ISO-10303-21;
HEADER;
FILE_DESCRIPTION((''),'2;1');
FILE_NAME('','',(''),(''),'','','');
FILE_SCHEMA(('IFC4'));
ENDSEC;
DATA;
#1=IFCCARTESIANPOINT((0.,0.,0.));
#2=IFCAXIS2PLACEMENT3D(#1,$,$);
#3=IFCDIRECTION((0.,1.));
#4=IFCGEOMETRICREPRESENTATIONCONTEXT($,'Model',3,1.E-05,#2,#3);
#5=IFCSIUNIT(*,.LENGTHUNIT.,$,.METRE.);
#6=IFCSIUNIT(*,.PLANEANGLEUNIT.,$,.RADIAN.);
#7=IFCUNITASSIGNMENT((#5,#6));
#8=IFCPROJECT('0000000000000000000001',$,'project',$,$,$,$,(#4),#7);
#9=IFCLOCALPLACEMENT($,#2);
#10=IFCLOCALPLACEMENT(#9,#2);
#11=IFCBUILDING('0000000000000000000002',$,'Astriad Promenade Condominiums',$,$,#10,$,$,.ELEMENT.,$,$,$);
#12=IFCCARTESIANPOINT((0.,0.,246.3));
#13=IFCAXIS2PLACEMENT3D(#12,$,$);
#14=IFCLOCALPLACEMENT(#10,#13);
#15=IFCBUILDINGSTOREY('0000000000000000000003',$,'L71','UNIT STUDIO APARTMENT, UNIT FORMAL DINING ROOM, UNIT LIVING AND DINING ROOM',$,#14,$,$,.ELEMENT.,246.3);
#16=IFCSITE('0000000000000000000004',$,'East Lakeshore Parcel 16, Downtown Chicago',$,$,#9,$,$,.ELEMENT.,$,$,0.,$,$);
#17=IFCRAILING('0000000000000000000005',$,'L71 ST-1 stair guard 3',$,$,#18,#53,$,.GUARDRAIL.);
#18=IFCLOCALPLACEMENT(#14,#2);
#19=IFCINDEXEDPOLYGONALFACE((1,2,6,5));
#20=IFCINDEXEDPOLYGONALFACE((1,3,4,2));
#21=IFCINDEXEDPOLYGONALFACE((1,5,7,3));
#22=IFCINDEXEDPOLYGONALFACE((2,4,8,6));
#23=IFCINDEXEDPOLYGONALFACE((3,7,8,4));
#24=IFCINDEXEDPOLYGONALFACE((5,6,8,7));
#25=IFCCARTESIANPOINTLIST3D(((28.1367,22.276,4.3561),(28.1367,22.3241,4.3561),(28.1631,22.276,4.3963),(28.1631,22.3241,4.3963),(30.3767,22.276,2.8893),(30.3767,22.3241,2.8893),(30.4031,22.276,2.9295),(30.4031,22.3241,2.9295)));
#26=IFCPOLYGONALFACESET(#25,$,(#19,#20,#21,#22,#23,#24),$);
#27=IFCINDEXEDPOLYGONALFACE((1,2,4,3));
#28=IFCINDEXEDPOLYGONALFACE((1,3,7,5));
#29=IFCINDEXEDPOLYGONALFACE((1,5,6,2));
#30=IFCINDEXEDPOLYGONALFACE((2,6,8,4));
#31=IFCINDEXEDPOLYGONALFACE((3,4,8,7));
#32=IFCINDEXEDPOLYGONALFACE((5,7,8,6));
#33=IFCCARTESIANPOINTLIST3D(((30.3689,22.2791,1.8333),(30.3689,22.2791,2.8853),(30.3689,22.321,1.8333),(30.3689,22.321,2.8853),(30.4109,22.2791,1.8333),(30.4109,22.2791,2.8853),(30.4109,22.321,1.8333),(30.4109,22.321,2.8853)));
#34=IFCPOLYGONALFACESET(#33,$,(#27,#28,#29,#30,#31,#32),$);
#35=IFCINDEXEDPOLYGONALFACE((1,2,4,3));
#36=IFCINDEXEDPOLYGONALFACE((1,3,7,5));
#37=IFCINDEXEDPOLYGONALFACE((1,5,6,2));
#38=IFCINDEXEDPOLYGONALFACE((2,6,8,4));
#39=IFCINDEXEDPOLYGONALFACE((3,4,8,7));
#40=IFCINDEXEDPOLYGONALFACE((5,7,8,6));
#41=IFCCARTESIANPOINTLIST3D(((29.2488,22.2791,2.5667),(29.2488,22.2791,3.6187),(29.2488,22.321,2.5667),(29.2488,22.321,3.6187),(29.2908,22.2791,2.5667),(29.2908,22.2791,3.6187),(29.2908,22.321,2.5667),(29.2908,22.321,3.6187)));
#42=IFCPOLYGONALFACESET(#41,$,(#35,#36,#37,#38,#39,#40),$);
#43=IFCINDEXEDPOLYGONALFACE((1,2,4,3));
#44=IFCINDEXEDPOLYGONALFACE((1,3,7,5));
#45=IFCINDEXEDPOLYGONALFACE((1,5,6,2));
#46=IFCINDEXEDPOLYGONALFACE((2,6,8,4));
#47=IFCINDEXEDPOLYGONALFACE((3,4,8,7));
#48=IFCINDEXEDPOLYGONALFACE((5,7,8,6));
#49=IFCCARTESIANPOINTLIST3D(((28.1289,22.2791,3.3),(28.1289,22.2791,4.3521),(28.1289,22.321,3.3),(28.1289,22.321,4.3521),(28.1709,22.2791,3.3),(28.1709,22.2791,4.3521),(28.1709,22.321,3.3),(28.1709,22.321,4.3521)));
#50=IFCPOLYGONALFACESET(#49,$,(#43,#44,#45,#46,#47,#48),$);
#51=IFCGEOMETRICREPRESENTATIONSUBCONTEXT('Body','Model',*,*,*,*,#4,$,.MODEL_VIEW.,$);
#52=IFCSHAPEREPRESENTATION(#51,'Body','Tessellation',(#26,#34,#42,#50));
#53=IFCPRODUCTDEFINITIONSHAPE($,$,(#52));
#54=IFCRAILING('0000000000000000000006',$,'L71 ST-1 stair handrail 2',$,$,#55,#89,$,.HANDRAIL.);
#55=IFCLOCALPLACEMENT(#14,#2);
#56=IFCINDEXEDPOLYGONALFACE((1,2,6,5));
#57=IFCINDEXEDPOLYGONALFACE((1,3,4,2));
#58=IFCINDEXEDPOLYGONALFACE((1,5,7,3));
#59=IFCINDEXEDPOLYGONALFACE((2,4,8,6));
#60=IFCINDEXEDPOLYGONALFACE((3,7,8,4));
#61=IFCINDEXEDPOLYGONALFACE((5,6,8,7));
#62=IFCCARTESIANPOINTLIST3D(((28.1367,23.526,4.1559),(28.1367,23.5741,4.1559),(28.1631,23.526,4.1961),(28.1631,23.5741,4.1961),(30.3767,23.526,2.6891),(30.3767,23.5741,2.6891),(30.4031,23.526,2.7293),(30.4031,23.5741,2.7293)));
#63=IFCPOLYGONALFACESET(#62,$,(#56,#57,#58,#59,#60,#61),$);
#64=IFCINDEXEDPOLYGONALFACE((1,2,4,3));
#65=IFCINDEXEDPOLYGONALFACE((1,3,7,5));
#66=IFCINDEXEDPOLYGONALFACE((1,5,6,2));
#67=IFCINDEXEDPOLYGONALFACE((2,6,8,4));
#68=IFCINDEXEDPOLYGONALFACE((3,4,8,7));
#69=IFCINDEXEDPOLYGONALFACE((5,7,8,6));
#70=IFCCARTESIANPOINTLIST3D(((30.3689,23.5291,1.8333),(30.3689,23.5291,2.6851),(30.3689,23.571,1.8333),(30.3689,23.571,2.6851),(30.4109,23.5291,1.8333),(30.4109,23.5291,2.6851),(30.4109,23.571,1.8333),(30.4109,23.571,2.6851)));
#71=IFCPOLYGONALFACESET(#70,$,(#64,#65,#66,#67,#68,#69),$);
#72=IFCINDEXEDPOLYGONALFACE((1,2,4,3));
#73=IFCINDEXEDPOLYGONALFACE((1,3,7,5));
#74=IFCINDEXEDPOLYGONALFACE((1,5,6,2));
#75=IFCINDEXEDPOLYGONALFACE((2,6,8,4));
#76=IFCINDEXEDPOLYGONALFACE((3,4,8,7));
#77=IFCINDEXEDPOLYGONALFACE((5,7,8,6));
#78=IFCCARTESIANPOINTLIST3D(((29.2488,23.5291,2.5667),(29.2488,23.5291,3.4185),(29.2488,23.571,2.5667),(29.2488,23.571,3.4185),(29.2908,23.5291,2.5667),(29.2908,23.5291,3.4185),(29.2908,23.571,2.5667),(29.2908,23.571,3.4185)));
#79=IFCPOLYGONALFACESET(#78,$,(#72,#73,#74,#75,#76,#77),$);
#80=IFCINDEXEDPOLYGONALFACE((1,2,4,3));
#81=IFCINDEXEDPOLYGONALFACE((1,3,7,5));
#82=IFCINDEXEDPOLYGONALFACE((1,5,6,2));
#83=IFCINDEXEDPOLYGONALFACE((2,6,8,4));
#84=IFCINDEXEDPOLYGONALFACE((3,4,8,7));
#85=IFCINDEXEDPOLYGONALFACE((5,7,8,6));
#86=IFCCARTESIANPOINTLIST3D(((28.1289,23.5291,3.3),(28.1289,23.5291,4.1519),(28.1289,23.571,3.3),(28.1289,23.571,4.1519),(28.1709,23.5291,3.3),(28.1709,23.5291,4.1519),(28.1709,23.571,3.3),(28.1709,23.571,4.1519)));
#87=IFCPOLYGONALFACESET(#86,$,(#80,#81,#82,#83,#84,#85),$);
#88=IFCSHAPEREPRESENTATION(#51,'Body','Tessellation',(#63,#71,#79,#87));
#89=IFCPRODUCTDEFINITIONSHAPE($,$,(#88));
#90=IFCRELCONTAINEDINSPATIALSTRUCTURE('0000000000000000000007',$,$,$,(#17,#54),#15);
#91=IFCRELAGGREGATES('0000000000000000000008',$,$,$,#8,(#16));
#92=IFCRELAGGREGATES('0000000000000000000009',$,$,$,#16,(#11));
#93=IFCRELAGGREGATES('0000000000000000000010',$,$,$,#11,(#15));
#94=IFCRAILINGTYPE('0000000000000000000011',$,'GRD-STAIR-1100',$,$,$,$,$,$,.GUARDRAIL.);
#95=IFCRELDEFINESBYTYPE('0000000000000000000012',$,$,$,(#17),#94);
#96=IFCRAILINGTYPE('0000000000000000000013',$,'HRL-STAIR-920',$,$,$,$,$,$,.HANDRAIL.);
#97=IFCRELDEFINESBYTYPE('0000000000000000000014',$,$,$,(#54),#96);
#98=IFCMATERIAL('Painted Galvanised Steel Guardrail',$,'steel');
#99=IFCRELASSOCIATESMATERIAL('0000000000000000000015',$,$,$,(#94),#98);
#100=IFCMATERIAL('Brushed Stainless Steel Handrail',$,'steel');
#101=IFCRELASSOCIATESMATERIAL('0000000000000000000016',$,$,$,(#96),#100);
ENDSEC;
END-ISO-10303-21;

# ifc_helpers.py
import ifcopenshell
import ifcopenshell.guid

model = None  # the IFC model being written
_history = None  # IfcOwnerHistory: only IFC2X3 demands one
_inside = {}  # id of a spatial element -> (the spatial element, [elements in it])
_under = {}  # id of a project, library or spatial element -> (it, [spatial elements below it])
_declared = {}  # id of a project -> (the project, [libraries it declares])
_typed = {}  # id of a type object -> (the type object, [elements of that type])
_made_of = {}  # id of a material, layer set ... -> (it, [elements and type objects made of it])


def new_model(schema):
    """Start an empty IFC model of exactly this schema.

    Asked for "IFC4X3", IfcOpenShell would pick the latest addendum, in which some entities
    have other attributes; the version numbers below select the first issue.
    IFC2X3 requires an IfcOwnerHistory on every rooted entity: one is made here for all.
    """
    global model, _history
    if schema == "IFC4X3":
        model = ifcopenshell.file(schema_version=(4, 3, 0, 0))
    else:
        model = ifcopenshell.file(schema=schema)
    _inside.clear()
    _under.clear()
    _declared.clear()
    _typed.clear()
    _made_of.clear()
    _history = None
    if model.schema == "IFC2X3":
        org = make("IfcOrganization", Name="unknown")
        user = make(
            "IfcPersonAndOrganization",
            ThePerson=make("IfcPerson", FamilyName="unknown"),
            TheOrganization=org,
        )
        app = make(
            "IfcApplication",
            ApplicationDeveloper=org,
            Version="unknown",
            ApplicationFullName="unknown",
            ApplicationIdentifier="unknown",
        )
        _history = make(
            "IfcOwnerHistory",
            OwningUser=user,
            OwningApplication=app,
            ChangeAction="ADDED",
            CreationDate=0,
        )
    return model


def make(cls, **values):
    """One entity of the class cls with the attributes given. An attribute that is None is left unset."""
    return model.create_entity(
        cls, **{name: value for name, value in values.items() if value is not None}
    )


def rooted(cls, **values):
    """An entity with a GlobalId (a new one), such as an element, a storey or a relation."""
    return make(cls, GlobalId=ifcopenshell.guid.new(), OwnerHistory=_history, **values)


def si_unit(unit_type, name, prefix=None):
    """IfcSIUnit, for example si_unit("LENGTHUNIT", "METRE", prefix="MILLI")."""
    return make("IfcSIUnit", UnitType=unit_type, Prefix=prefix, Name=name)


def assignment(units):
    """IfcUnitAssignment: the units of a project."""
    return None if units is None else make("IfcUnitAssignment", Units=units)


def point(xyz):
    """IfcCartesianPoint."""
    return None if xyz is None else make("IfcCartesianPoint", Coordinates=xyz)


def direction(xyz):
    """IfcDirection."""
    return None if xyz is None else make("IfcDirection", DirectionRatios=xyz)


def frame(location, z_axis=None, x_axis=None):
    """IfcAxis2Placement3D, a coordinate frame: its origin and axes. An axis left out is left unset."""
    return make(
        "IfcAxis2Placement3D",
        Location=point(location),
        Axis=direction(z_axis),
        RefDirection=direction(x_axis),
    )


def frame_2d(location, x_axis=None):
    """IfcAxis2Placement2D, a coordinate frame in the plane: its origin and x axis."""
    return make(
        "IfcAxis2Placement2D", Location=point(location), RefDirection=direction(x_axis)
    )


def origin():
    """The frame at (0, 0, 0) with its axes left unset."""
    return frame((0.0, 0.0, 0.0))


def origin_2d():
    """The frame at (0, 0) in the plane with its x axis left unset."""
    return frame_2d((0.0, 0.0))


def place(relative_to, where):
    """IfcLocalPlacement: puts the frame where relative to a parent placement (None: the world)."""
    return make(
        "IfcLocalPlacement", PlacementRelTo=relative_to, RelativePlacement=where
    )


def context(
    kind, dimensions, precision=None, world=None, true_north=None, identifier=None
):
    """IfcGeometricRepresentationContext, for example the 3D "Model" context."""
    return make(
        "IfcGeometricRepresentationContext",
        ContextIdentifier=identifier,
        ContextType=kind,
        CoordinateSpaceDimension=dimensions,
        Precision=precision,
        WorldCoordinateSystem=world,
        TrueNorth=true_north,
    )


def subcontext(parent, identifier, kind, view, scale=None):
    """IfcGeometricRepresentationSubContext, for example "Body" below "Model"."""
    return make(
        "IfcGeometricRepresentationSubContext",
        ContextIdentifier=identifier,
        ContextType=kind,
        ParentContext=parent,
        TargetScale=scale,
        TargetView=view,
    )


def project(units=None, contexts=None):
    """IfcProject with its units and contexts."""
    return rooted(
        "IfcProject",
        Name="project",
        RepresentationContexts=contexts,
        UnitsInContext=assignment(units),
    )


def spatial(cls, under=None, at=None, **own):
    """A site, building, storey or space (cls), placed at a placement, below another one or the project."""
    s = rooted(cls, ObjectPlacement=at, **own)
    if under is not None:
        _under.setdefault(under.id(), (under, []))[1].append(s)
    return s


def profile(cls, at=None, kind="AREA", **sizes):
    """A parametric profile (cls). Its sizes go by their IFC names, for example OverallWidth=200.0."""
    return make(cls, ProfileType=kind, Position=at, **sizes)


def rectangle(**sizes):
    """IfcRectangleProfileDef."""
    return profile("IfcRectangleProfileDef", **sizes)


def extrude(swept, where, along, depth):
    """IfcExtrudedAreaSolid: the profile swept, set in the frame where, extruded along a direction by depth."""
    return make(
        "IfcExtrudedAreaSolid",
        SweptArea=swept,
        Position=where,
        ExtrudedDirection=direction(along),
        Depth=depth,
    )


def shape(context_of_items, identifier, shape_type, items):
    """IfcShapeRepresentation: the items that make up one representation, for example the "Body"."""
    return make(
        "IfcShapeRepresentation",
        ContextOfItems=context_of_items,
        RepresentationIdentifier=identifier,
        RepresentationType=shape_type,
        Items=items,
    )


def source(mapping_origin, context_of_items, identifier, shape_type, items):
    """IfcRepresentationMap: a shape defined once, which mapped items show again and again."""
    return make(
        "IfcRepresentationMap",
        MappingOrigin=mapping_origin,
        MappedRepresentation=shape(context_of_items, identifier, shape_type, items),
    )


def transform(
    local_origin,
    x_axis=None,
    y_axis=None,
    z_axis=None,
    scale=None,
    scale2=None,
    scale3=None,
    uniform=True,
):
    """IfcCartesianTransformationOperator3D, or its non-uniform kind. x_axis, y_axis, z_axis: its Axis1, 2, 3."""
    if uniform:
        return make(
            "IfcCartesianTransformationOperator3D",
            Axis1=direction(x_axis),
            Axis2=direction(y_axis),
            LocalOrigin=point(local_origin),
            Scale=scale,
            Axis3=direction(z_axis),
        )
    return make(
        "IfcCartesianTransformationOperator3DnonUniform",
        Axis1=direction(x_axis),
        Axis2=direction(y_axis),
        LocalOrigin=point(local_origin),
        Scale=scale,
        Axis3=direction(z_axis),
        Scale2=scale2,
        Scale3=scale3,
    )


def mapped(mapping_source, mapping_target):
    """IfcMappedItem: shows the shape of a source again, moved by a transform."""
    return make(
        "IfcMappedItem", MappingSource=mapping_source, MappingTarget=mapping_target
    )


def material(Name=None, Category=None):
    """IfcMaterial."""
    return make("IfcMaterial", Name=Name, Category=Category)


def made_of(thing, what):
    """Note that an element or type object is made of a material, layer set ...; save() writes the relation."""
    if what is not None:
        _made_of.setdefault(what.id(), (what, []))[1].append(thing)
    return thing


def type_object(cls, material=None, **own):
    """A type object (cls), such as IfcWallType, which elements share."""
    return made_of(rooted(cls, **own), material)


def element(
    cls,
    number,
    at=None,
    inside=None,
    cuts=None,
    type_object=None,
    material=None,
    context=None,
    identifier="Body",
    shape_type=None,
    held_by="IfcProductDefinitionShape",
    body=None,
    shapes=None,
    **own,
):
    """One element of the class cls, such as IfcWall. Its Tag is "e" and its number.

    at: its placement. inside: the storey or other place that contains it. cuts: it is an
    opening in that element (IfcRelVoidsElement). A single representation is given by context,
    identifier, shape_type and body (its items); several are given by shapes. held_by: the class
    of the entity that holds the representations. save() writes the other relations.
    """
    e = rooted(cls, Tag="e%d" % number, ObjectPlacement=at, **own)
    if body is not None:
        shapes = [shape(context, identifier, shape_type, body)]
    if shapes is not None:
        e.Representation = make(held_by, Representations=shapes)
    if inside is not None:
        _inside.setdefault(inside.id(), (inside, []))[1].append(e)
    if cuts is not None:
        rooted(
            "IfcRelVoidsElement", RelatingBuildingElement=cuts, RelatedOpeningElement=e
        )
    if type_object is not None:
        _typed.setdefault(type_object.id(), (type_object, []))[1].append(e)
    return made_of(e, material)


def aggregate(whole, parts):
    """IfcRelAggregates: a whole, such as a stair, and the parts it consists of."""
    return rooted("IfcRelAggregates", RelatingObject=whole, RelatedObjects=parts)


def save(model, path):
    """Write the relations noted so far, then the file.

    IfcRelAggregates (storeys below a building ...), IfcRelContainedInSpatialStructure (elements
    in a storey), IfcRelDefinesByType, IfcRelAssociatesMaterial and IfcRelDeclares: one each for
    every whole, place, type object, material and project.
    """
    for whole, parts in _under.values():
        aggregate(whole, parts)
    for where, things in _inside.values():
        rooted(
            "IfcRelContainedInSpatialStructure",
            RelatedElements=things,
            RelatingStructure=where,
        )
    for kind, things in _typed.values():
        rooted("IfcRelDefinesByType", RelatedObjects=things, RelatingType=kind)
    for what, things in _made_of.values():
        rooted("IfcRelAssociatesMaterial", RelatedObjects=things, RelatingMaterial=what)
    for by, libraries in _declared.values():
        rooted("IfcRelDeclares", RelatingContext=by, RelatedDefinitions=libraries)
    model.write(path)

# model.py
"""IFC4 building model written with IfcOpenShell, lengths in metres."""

from ifc_helpers import new_model, si_unit, direction, frame, origin, origin_2d, place, context, subcontext, project, spatial, rectangle, extrude, source, transform, mapped, material, type_object, element, save


model = new_model("IFC4")

# Units and contexts
model_context = context("Model", 3, precision=1e-05, world=origin(), true_north=direction((0.0, 1.0)))
body_context = subcontext(model_context, "Body", "Model", "MODEL_VIEW")
ifc_project = project(units=[si_unit("LENGTHUNIT", "METRE"), si_unit("PLANEANGLEUNIT", "RADIAN")], contexts=[model_context])

# Site, building, storey
site_placement = place(None, origin())
site = spatial("IfcSite", under=ifc_project, at=site_placement, Name="East Lakeshore Parcel 16, Downtown Chicago", CompositionType="ELEMENT", RefElevation=0.0)
building_placement = place(site_placement, origin())
building = spatial("IfcBuilding", under=site, at=building_placement, Name="Astriad Promenade Condominiums", CompositionType="ELEMENT")
storey_placement = place(building_placement, frame((0.0, 0.0, 246.3)))
storey = spatial("IfcBuildingStorey", under=building, at=storey_placement, Name="L71", Description="UNIT STUDIO APARTMENT, UNIT FORMAL DINING ROOM, UNIT LIVING AND DINING ROOM", CompositionType="ELEMENT", Elevation=246.3)

# Railings
ifc_material_1 = material(Name="Painted Galvanised Steel Guardrail", Category="steel")
railing_type_1 = type_object("IfcRailingType", Name="GRD-STAIR-1100", PredefinedType="GUARDRAIL", material=ifc_material_1)
ifc_material_2 = material(Name="Brushed Stainless Steel Handrail", Category="steel")
railing_type_2 = type_object("IfcRailingType", Name="HRL-STAIR-920", PredefinedType="HANDRAIL", material=ifc_material_2)
shared_shape_1 = source(origin(), body_context, "Body", "SweptSolid", [
    extrude(rectangle(XDim=0.0481, YDim=0.0481, at=origin_2d()), frame((0.0, 0.0, 1.0762), z_axis=(-0.836595, 0.0, 0.547822), x_axis=(0.0, -1.0, 0.0)), (0.0, 0.0, 1.0), 2.6775),
    extrude(rectangle(XDim=0.042, YDim=0.042, at=origin_2d()), origin(), (0.0, 0.0, 1.0), 1.052),
    extrude(rectangle(XDim=0.042, YDim=0.042, at=origin_2d()), frame((-1.1201, 0.0, 0.7334)), (0.0, 0.0, 1.0), 1.052),
    extrude(rectangle(XDim=0.042, YDim=0.042, at=origin_2d()), frame((-2.24, 0.0, 1.4668)), (0.0, 0.0, 1.0), 1.052),
])
railing_1_placement = place(storey_placement, frame((30.3899, 22.3, 1.8333)))
element("IfcRailing", 1, at=railing_1_placement, inside=storey, type_object=railing_type_1, Name="L71 ST-1 stair guard 3", PredefinedType="GUARDRAIL", context=body_context, shape_type="MappedRepresentation", body=[
    mapped(shared_shape_1, transform((0.0, 0.0, 0.0), scale=1.0)),
])
shared_shape_2 = source(origin(), body_context, "Body", "SweptSolid", [
    extrude(rectangle(XDim=0.0481, YDim=0.0481, at=origin_2d()), frame((0.0, 0.0, 0.876), z_axis=(-0.836595, 0.0, 0.547822), x_axis=(0.0, -1.0, 0.0)), (0.0, 0.0, 1.0), 2.6775),
    extrude(rectangle(XDim=0.042, YDim=0.042, at=origin_2d()), origin(), (0.0, 0.0, 1.0), 0.8518),
    extrude(rectangle(XDim=0.042, YDim=0.042, at=origin_2d()), frame((-1.1201, 0.0, 0.7334)), (0.0, 0.0, 1.0), 0.8518),
    extrude(rectangle(XDim=0.042, YDim=0.042, at=origin_2d()), frame((-2.24, 0.0, 1.4668)), (0.0, 0.0, 1.0), 0.8518),
])
railing_2_placement = place(storey_placement, frame((30.3899, 23.55, 1.8333)))
element("IfcRailing", 2, at=railing_2_placement, inside=storey, type_object=railing_type_2, Name="L71 ST-1 stair handrail 2", PredefinedType="HANDRAIL", context=body_context, shape_type="MappedRepresentation", body=[
    mapped(shared_shape_2, transform((0.0, 0.0, 0.0), scale=1.0)),
])

save(model, "model.ifc")
